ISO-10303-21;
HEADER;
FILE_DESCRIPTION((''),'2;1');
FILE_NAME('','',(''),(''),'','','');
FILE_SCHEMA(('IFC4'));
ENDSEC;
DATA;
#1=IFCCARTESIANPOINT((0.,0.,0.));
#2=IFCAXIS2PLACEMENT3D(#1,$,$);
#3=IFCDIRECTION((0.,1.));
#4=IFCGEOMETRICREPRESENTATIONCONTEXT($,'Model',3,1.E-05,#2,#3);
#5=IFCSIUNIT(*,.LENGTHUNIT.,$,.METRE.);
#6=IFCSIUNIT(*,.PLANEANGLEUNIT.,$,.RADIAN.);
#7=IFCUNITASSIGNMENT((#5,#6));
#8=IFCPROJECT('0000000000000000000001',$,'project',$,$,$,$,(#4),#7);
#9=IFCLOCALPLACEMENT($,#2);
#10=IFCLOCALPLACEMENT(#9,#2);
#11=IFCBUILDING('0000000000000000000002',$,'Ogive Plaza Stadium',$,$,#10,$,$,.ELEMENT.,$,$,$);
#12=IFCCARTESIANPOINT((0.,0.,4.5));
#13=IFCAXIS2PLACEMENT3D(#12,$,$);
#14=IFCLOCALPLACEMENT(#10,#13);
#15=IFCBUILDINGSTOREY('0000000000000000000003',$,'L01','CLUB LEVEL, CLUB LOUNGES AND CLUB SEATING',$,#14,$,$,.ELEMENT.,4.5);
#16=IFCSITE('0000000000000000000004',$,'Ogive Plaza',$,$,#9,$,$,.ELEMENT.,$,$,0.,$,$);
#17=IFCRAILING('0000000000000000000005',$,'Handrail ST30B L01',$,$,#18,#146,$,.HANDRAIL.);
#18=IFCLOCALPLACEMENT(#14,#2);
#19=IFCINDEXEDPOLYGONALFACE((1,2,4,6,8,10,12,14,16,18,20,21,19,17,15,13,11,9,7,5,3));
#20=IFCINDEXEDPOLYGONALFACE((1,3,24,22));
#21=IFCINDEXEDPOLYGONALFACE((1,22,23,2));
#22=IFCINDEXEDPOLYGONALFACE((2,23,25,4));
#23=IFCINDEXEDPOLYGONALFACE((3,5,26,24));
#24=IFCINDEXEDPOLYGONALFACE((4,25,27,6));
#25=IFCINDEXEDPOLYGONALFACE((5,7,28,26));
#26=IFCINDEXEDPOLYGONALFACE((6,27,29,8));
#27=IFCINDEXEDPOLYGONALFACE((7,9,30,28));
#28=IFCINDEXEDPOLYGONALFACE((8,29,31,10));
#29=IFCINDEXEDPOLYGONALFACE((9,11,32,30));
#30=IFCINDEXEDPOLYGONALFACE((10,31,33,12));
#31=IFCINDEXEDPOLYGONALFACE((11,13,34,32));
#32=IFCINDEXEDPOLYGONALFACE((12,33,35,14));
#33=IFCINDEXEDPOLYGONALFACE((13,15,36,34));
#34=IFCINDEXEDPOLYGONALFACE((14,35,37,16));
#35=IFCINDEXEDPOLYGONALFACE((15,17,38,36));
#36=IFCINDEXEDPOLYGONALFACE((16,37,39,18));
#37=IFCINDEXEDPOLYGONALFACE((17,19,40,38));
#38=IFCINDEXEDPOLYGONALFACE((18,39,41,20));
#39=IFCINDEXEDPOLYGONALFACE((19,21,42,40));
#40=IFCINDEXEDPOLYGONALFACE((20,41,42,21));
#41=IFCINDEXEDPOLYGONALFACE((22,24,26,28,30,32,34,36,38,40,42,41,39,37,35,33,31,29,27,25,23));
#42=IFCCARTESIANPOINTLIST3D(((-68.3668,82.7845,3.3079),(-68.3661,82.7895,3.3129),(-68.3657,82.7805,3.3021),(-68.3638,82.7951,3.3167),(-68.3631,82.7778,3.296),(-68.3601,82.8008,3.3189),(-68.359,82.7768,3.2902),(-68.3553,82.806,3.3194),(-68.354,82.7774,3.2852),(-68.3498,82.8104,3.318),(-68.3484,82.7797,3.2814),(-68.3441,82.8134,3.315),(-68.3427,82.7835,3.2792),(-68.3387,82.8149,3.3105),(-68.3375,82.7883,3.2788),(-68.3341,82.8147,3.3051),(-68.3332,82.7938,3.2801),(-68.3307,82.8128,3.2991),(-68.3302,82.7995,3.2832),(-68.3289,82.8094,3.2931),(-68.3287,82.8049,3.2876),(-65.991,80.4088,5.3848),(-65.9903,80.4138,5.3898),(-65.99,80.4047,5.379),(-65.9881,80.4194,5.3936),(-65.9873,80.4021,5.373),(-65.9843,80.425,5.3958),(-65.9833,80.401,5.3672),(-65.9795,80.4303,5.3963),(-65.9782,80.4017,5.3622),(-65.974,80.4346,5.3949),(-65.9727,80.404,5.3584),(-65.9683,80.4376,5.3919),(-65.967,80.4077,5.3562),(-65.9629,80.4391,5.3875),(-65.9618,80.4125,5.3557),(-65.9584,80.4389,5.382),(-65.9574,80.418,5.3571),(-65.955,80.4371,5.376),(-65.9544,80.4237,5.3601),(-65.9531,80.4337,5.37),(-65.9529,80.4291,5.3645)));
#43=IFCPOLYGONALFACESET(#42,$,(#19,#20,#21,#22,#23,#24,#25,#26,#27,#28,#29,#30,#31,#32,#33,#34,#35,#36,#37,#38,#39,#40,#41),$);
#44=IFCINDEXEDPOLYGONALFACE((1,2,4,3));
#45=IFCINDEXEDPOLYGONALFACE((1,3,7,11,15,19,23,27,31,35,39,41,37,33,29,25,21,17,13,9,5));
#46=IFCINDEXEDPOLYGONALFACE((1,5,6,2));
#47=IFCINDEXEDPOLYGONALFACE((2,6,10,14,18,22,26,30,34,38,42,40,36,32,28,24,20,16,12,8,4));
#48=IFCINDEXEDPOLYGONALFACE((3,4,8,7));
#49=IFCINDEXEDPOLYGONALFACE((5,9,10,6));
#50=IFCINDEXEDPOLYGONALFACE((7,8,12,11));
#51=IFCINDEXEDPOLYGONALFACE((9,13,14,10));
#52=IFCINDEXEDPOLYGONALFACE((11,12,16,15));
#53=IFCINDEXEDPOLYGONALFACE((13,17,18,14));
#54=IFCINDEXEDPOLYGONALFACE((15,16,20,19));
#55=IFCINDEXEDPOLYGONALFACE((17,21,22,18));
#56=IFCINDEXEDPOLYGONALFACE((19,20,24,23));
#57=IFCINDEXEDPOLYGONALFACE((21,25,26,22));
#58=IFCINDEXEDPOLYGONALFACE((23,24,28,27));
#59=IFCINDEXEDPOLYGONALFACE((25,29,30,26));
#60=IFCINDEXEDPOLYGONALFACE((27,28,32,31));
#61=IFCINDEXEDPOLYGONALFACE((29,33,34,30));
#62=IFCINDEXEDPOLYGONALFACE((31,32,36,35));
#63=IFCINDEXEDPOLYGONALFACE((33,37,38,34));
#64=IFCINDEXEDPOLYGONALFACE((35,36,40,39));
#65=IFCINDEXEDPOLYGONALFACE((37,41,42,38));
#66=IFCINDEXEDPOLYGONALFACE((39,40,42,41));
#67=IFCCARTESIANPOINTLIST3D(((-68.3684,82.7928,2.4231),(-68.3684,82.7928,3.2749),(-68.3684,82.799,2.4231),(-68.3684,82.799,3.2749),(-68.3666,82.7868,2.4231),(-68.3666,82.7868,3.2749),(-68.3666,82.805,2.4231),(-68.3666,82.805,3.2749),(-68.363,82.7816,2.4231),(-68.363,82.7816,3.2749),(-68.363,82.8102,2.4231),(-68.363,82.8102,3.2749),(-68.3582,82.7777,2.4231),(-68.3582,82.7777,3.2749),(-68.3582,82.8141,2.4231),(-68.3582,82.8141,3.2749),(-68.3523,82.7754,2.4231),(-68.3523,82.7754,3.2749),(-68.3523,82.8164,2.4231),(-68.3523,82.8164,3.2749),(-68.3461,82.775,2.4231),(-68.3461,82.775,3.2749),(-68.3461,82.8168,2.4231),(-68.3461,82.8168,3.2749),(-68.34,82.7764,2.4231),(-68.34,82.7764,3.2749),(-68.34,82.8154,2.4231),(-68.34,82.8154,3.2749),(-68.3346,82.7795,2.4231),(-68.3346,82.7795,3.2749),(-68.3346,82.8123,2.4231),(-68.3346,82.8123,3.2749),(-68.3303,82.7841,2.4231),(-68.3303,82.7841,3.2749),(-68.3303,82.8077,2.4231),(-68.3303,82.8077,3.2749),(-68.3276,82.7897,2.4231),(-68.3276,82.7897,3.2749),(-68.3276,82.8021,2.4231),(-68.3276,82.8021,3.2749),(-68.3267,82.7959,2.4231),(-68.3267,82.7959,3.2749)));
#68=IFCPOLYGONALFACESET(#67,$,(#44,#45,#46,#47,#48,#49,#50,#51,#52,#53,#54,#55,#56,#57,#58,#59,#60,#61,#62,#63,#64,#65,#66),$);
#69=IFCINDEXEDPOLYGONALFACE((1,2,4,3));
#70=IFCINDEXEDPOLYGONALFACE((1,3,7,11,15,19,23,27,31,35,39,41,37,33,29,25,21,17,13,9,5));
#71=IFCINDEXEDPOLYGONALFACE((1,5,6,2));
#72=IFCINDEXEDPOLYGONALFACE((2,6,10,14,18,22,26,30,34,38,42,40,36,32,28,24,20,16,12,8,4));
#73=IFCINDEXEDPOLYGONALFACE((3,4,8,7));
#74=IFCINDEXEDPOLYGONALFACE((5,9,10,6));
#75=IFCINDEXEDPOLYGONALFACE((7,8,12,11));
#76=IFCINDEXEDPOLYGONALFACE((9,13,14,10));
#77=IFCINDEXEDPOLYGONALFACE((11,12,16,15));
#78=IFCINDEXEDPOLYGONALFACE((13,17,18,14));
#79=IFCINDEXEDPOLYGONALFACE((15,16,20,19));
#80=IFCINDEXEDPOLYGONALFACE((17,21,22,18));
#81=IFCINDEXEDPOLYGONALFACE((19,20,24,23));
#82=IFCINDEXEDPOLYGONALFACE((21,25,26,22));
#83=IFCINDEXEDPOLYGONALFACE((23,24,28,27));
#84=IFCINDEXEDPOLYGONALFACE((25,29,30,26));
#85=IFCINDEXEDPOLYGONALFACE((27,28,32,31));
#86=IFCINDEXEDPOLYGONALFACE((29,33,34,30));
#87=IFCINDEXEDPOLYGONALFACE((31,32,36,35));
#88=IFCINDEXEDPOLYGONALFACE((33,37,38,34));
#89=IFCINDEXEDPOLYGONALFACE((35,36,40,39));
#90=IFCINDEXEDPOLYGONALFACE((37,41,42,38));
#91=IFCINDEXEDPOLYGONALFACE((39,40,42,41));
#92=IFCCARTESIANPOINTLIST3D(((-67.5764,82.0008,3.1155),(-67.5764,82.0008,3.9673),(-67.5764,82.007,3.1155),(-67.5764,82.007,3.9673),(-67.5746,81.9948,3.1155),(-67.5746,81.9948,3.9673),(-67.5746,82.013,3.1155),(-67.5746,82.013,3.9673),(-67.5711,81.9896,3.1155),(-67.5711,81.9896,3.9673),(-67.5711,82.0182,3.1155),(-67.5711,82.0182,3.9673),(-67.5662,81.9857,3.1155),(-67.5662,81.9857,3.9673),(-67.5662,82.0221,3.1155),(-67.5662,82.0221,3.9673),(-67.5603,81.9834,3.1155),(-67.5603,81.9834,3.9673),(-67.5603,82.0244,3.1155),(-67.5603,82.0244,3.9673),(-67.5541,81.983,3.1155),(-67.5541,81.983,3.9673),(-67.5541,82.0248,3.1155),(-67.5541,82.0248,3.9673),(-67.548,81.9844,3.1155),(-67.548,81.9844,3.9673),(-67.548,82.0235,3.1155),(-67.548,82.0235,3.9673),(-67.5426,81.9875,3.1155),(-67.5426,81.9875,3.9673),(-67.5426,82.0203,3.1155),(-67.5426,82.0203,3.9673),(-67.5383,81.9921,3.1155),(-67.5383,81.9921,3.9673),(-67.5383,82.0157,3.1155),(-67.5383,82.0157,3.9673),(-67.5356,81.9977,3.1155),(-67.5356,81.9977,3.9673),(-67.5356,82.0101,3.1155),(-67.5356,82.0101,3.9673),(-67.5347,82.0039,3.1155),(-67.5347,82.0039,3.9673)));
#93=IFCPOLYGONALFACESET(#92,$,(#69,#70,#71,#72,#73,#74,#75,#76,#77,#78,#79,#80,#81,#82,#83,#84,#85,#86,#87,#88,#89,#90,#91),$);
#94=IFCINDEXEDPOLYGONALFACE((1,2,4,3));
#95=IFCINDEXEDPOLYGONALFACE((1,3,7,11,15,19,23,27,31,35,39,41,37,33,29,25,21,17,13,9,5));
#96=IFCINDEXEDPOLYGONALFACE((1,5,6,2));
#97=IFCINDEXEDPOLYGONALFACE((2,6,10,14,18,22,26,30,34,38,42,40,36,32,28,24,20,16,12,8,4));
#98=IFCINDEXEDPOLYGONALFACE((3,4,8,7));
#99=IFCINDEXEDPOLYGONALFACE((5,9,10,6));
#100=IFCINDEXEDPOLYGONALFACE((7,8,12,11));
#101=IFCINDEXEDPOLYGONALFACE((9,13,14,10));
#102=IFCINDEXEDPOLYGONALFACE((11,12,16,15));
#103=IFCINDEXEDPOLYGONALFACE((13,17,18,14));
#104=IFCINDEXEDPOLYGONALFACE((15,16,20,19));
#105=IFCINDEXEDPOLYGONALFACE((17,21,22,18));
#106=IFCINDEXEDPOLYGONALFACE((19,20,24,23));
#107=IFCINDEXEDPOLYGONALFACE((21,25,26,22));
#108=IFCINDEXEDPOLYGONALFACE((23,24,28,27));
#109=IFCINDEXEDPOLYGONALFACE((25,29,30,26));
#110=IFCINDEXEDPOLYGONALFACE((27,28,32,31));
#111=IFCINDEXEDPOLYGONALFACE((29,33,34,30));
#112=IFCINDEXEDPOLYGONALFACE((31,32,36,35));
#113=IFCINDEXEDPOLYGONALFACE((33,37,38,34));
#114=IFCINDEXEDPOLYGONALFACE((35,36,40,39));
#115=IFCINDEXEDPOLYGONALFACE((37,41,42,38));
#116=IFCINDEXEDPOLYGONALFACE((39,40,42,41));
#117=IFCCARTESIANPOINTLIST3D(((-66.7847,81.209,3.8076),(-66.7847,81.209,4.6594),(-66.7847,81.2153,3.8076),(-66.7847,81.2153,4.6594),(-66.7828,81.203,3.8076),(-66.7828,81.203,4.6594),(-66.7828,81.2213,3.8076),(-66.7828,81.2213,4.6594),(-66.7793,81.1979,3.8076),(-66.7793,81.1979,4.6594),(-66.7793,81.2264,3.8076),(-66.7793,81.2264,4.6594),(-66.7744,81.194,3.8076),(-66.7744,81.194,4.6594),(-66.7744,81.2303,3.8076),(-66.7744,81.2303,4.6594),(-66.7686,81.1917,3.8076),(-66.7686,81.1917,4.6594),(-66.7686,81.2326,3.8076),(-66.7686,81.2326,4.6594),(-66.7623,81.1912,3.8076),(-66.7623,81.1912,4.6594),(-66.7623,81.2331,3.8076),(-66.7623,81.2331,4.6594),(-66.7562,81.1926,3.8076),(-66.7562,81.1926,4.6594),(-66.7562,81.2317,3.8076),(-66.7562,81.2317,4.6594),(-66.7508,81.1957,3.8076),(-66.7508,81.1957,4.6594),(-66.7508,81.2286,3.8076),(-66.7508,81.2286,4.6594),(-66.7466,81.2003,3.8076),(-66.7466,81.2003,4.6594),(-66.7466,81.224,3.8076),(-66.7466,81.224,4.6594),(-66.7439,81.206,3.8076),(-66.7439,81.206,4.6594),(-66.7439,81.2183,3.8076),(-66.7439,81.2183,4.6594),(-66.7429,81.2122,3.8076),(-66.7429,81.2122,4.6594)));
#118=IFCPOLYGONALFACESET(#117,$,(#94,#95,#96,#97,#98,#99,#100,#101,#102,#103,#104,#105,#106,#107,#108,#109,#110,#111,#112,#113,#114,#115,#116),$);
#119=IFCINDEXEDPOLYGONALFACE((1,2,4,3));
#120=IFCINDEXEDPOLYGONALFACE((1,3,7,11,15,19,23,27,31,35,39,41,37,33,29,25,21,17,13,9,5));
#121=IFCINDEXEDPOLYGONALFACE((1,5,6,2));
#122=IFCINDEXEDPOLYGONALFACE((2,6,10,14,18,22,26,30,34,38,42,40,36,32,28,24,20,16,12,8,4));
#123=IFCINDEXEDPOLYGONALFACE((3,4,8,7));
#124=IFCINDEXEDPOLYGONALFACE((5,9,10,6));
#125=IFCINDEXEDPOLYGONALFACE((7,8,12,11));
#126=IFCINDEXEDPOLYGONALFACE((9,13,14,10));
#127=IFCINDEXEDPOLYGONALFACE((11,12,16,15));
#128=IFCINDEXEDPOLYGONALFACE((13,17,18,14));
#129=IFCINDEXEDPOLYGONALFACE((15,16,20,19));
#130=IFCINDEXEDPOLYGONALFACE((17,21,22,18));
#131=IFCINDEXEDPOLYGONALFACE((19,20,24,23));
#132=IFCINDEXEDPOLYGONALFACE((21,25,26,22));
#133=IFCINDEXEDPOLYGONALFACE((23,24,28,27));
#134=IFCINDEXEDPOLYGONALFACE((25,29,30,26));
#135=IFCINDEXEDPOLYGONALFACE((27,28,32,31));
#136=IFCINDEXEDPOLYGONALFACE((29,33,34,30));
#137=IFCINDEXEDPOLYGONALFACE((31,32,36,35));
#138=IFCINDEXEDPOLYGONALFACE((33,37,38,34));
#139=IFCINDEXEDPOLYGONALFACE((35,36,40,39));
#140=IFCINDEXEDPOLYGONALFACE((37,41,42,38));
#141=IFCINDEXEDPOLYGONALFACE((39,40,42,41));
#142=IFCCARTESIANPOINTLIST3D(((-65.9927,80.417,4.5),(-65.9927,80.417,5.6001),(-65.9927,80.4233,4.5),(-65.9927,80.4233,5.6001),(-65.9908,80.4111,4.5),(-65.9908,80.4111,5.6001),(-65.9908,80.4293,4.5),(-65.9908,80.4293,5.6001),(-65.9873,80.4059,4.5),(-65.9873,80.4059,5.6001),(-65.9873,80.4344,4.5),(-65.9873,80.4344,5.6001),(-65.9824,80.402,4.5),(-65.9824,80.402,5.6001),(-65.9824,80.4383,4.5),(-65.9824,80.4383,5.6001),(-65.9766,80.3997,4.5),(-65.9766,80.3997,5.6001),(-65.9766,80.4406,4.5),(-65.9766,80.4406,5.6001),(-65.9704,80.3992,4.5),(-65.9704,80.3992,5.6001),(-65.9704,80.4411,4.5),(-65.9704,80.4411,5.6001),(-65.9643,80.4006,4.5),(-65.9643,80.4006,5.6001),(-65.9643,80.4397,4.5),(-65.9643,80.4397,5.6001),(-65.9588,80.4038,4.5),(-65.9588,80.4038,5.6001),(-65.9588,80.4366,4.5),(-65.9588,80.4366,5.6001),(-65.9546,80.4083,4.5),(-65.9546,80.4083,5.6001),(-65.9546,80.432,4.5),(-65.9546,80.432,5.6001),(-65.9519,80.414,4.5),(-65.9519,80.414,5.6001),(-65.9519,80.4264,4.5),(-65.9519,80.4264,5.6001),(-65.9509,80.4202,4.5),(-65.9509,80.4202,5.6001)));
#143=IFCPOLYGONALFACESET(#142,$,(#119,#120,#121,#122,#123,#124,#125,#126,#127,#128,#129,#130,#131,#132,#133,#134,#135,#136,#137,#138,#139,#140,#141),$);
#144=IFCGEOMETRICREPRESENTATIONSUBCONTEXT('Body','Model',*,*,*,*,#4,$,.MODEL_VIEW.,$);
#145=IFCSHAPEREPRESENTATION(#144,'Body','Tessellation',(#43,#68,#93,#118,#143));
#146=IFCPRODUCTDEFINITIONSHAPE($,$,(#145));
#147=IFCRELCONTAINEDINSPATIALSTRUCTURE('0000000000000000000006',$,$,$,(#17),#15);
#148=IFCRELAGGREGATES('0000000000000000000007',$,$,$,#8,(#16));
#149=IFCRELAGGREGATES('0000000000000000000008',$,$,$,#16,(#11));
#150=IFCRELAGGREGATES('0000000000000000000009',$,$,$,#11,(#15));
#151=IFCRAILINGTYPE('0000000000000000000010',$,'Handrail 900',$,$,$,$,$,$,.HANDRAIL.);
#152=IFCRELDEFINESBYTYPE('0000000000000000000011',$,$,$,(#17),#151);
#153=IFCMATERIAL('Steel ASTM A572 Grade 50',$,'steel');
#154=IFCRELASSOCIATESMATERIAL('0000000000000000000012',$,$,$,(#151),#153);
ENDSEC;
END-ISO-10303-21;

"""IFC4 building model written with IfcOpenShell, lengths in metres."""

from ifc_helpers import new_model, si_unit, direction, frame, origin, origin_2d, place, context, subcontext, project, spatial, circle, extrude, material, type_object, element, save


model = new_model("IFC4")

# Units and contexts
model_context = context("Model", 3, precision=1e-05, world=origin(), true_north=direction((0.0, 1.0)))
body_context = subcontext(model_context, "Body", "Model", "MODEL_VIEW")
ifc_project = project(units=[si_unit("LENGTHUNIT", "METRE"), si_unit("PLANEANGLEUNIT", "RADIAN")], contexts=[model_context])

# Site, building, storey
site_placement = place(None, origin())
site = spatial("IfcSite", under=ifc_project, at=site_placement, Name="Ogive Plaza", CompositionType="ELEMENT", RefElevation=0.0)
building_placement = place(site_placement, origin())
building = spatial("IfcBuilding", under=site, at=building_placement, Name="Ogive Plaza Stadium", CompositionType="ELEMENT")
storey_placement = place(building_placement, frame((0.0, 0.0, 4.5)))
storey = spatial("IfcBuildingStorey", under=building, at=storey_placement, Name="L01", Description="CLUB LEVEL, CLUB LOUNGES AND CLUB SEATING", CompositionType="ELEMENT", Elevation=4.5)

# Railing
ifc_material_1 = material(Name="Steel ASTM A572 Grade 50", Category="steel")
railing_type_1 = type_object("IfcRailingType", Name="Handrail 900", PredefinedType="HANDRAIL", material=ifc_material_1)
railing_1_placement = place(storey_placement, frame((-68.3477, 82.7959, 2.4231)))
element("IfcRailing", 1, at=railing_1_placement, inside=storey, type_object=railing_type_1, Name="Handrail ST30B L01", PredefinedType="HANDRAIL", context=body_context, shape_type="SweptSolid", body=[
    extrude(circle(Radius=0.0239, at=origin_2d()), frame((0.0, 0.0, 0.876), z_axis=(0.601466, -0.601466, 0.525811), x_axis=(0.707107, 0.707107, 0.0)), (0.0, 0.0, 1.0), 3.95),
    extrude(circle(Radius=0.021, at=origin_2d()), origin(), (0.0, 0.0, 1.0), 0.8518),
    extrude(circle(Radius=0.021, at=origin_2d()), frame((0.792, -0.792, 0.6924)), (0.0, 0.0, 1.0), 0.8518),
    extrude(circle(Radius=0.021, at=origin_2d()), frame((1.5837, -1.5837, 1.3845)), (0.0, 0.0, 1.0), 0.8518),
    extrude(circle(Radius=0.021, at=origin_2d()), frame((2.3757, -2.3757, 2.0769)), (0.0, 0.0, 1.0), 1.1001),
])

save(model, "model.ifc")
